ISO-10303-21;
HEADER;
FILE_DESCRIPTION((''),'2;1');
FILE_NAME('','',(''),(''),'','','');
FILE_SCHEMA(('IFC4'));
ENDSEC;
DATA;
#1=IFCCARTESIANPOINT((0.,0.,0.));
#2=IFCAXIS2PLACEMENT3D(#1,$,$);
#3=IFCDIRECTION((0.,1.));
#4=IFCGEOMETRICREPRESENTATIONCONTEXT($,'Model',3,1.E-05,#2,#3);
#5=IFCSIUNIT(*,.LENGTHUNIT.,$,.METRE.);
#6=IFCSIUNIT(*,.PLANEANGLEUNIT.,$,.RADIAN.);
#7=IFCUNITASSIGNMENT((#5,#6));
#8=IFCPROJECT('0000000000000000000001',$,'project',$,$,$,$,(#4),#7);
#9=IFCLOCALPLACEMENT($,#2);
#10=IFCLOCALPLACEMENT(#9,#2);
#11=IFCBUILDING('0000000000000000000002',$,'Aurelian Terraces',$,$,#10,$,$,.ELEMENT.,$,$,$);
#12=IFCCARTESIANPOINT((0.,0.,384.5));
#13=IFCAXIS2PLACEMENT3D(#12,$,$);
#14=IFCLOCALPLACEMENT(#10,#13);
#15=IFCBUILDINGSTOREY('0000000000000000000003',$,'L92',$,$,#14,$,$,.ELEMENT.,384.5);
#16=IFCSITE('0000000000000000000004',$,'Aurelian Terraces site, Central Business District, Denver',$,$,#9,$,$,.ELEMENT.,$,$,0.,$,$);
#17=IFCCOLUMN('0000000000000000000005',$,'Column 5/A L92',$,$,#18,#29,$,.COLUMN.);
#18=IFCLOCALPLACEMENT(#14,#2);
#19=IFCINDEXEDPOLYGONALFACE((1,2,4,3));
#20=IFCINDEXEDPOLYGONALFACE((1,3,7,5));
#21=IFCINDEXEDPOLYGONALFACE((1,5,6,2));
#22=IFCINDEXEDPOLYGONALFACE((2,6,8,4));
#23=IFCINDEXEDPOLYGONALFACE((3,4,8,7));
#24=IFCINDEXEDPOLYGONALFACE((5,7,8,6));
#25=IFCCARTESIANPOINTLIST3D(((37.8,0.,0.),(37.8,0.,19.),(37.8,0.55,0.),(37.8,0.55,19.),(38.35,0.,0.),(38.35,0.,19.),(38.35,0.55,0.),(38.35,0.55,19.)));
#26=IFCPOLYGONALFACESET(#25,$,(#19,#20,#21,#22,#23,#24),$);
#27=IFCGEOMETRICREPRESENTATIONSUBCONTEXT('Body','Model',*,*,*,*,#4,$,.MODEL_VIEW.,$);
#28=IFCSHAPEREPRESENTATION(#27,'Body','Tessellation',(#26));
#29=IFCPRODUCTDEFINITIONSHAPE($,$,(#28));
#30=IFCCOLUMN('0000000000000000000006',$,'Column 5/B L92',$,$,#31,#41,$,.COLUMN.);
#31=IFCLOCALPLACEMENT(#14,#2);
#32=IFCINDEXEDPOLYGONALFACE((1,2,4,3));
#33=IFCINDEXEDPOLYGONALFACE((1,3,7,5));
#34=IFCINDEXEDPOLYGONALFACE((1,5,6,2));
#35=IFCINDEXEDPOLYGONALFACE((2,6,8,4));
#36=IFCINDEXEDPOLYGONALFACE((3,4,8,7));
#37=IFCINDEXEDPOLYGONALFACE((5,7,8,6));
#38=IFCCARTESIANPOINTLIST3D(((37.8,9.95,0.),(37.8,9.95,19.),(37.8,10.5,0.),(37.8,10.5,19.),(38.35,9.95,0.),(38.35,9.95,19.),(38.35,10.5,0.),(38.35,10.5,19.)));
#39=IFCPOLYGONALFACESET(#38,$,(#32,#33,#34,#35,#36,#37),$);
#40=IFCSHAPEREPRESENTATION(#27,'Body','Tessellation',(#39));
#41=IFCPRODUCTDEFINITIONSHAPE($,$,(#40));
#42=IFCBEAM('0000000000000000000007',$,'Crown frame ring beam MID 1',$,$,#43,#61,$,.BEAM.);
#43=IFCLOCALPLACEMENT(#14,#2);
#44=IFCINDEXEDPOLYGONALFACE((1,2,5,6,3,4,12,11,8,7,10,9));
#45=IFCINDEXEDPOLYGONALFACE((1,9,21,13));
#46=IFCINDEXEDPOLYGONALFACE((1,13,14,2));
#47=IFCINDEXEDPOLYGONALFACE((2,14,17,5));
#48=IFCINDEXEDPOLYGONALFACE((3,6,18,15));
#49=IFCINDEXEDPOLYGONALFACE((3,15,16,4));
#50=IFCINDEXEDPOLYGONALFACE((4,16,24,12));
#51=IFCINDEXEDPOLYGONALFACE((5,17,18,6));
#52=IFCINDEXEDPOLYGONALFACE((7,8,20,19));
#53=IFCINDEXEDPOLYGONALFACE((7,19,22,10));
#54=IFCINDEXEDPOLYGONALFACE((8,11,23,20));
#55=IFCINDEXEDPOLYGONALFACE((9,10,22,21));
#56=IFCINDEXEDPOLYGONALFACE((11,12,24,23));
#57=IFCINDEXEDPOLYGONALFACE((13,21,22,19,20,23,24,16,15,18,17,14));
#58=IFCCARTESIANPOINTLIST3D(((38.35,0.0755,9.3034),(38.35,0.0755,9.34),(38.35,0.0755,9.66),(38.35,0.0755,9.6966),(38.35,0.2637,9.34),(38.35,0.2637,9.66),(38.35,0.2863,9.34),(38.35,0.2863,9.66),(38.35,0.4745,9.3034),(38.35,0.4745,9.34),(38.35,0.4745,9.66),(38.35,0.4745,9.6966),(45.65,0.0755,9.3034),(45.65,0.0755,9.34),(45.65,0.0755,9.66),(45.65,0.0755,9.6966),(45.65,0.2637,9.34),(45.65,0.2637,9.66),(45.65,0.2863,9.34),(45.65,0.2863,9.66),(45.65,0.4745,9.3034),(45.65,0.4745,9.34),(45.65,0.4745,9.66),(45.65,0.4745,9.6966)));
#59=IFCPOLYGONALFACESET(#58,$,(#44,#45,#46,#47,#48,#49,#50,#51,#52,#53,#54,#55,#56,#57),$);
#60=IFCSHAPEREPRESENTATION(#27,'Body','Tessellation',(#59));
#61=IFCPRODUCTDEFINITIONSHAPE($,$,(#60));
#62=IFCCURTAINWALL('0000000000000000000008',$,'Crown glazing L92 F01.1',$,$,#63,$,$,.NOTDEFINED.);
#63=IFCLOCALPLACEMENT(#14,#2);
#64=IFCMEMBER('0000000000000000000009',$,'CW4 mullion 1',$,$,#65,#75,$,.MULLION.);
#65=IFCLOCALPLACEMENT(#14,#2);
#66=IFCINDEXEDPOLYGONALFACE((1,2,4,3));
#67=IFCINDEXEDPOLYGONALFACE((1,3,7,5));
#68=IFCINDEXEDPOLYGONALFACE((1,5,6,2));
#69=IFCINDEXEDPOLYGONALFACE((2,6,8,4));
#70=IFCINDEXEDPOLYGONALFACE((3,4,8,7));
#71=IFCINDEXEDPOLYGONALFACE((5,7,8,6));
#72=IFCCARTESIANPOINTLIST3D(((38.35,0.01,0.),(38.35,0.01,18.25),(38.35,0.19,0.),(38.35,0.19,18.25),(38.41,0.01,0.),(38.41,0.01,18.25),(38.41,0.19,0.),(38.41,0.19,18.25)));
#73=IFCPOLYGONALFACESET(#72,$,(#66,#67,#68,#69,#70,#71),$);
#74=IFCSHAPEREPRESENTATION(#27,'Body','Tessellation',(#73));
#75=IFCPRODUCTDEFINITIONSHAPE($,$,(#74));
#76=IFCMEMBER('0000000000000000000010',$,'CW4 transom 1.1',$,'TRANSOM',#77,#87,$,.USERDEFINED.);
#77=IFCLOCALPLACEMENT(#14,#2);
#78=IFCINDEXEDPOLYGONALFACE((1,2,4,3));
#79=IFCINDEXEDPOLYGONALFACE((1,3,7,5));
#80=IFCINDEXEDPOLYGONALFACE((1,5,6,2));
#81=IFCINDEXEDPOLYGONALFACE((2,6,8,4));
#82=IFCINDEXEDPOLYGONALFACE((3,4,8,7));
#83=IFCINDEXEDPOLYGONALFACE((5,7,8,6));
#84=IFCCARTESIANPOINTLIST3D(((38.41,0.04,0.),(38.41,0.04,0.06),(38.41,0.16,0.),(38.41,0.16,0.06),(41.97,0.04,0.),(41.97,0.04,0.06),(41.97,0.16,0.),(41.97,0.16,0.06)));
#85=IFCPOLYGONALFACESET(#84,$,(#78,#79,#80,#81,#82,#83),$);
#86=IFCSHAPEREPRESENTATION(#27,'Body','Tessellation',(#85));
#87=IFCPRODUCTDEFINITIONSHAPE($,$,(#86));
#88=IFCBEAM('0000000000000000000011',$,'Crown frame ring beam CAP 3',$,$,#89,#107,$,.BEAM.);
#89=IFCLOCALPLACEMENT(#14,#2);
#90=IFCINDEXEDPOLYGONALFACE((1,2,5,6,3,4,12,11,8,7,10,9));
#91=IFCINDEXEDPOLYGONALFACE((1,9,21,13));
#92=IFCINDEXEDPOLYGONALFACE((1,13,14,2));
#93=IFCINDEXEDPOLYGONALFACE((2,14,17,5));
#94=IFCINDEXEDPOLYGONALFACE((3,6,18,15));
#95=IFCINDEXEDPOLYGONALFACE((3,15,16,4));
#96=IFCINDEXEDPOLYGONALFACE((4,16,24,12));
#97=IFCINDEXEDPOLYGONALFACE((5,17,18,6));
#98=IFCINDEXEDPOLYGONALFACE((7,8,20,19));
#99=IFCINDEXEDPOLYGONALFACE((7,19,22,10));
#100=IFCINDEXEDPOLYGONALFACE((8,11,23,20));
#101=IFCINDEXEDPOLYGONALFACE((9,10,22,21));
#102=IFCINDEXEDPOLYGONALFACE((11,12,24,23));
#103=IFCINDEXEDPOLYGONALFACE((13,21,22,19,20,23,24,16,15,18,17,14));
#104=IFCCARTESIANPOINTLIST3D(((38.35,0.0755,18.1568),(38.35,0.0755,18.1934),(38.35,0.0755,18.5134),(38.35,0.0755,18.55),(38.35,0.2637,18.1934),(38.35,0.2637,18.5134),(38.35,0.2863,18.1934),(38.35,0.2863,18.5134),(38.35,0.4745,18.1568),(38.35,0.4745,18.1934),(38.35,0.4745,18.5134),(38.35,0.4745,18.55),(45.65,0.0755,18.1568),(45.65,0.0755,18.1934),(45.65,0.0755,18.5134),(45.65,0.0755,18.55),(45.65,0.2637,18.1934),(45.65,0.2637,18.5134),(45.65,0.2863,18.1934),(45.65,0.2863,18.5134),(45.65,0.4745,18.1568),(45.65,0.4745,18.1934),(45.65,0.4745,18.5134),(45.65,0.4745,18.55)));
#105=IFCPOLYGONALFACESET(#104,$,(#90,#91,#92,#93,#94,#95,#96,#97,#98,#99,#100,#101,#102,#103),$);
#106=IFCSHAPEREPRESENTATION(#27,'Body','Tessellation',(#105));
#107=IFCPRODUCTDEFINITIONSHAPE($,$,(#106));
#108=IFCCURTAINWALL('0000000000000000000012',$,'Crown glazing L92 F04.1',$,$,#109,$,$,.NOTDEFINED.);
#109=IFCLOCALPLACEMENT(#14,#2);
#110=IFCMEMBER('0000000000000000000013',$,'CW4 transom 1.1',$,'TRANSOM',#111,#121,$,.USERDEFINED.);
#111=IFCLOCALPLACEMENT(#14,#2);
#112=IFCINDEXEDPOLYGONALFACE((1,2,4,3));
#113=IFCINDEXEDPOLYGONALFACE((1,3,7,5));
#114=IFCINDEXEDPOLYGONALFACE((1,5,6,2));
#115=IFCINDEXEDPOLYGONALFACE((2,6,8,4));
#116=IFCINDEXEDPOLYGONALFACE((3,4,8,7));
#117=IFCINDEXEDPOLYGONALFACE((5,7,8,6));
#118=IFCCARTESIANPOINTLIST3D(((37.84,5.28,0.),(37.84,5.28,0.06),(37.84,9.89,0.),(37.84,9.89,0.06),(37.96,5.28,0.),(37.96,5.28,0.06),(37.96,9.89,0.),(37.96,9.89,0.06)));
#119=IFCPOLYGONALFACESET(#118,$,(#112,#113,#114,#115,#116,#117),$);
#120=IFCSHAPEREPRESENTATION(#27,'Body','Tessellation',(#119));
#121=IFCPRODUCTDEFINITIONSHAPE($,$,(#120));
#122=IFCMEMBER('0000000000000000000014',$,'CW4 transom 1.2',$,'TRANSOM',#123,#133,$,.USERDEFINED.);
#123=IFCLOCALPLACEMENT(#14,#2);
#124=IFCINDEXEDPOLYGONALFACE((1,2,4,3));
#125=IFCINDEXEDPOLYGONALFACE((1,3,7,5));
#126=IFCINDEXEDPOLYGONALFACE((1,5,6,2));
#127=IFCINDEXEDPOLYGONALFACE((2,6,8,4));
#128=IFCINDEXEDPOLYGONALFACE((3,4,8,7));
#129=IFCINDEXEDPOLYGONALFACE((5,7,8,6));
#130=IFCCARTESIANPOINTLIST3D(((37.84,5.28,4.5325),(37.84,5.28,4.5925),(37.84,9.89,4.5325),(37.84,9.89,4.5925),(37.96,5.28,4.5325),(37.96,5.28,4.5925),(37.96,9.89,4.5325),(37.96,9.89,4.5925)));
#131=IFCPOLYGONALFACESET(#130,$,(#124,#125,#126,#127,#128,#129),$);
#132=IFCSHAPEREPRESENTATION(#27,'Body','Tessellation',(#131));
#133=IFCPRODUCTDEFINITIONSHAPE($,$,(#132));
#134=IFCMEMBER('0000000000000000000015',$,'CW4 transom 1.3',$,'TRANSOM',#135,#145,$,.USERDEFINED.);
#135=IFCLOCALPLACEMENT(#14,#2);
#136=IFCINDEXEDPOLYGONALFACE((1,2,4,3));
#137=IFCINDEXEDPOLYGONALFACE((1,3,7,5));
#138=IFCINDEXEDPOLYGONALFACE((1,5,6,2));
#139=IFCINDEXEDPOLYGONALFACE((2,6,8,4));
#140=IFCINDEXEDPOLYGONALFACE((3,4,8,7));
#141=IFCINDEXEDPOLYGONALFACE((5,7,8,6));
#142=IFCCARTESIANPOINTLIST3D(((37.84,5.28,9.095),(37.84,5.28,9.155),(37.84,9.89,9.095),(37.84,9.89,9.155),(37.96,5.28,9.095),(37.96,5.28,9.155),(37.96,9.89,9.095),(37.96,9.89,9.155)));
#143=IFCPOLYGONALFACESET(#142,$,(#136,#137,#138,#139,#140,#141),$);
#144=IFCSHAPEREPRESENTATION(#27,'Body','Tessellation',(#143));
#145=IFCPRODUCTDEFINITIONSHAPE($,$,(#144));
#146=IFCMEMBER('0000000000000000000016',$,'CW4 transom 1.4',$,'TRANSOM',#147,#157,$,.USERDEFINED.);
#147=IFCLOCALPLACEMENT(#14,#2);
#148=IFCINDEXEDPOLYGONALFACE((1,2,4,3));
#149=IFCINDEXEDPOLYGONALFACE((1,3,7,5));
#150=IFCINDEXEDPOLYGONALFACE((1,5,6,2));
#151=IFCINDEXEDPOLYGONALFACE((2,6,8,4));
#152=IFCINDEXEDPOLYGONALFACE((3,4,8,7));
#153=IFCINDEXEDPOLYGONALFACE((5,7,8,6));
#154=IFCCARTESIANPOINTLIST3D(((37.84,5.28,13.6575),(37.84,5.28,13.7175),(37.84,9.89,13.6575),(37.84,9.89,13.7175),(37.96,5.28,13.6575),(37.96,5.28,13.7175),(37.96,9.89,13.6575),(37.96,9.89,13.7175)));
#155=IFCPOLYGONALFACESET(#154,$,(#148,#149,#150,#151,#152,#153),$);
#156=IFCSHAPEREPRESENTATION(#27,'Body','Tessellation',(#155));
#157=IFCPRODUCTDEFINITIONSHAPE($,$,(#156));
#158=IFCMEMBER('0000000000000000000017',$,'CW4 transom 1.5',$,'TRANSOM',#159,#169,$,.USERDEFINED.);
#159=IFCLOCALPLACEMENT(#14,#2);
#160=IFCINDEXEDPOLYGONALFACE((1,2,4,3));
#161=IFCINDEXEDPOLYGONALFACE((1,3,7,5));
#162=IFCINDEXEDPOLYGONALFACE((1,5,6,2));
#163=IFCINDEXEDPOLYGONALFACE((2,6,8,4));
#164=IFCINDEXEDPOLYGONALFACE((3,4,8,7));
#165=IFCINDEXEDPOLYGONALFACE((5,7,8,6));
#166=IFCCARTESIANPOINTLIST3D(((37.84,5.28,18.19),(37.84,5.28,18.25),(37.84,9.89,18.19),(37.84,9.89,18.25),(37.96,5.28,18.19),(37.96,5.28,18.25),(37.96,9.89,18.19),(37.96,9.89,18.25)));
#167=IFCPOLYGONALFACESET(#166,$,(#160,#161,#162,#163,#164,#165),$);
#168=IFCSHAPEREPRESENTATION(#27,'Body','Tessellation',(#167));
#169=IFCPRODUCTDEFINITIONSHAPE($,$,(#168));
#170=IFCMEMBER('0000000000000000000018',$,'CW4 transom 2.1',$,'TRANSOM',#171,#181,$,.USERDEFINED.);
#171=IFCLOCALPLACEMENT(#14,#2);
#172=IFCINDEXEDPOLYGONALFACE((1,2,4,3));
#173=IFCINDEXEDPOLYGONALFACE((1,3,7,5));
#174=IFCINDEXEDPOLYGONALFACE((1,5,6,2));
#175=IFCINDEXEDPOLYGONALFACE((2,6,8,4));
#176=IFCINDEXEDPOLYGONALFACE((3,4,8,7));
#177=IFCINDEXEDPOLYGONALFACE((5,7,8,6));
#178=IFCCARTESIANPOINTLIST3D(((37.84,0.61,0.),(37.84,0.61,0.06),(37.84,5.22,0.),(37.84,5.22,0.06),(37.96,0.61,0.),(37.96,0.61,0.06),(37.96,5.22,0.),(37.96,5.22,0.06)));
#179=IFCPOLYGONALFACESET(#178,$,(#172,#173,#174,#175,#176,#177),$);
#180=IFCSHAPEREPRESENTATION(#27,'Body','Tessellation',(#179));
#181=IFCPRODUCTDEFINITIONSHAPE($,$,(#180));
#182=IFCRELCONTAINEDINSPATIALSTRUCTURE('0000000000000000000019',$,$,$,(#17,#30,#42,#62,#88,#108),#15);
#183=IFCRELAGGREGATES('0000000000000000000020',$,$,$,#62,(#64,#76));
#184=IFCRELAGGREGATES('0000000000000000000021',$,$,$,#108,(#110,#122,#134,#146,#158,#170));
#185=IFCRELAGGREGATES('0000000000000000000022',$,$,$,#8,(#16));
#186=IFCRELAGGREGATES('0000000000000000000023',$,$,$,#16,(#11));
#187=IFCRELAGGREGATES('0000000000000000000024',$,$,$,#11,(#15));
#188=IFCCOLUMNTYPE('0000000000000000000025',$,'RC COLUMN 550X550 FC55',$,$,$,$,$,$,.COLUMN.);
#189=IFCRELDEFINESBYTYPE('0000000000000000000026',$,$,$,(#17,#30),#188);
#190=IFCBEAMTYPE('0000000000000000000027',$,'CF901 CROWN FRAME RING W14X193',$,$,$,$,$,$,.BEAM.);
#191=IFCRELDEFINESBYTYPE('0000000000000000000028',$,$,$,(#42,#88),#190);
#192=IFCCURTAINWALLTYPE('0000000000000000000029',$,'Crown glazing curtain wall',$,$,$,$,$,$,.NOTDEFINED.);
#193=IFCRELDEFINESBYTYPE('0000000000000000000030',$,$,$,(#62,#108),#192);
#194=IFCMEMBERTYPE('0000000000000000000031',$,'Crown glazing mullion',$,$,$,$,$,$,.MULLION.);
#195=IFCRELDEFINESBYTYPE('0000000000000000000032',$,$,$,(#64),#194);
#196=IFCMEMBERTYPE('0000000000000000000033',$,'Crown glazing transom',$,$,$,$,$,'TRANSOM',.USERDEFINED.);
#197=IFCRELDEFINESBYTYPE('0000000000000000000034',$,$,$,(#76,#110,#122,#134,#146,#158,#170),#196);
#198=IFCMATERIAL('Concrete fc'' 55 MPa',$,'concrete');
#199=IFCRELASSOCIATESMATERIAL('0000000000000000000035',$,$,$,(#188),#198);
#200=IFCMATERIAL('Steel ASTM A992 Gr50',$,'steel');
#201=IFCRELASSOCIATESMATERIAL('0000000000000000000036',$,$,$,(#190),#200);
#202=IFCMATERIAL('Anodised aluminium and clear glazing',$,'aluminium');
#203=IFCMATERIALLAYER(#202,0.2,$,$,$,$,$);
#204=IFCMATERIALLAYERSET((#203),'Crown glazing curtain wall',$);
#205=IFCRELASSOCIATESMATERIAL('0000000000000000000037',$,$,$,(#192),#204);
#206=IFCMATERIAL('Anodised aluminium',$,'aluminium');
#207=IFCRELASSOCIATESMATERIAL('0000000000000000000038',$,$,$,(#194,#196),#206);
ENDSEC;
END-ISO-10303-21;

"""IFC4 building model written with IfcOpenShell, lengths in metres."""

from ifc_helpers import new_model, si_unit, direction, frame, origin, origin_2d, place, context, subcontext, project, spatial, rectangle, i_section, extrude, source, transform, mapped, material, layer, layer_set, material_profile, profile_set, type_object, element, aggregate, save


model = new_model("IFC4")

# Units and contexts
model_context = context("Model", 3, precision=1e-05, world=origin(), true_north=direction((0.0, 1.0)))
body_context = subcontext(model_context, "Body", "Model", "MODEL_VIEW")
ifc_project = project(units=[si_unit("LENGTHUNIT", "METRE"), si_unit("PLANEANGLEUNIT", "RADIAN")], contexts=[model_context])

# Site, building, storey
site_placement = place(None, origin())
site = spatial("IfcSite", under=ifc_project, at=site_placement, Name="Aurelian Terraces site, Central Business District, Denver", CompositionType="ELEMENT", RefElevation=0.0)
building_placement = place(site_placement, origin())
building = spatial("IfcBuilding", under=site, at=building_placement, Name="Aurelian Terraces", CompositionType="ELEMENT")
storey_placement = place(building_placement, frame((0.0, 0.0, 384.5)))
storey = spatial("IfcBuildingStorey", under=building, at=storey_placement, Name="L92", CompositionType="ELEMENT", Elevation=384.5)

# Columns
ifc_material_1 = material(Name="Concrete fc' 55 MPa", Category="concrete")
ifc_material_profile_1 = material_profile(ifc_material_1, rectangle(XDim=0.55, YDim=0.55, at=origin_2d()))
ifc_profile_set_1 = profile_set([ifc_material_profile_1], Name="Concrete fc' 55 MPa")
column_type = type_object("IfcColumnType", Name="RC COLUMN 550X550 FC55", PredefinedType="COLUMN", material=ifc_profile_set_1)
column_1_placement = place(storey_placement, frame((38.075, 0.275, 0.0), z_axis=(0.0, 0.0, 1.0), x_axis=(1.0, 0.0, 0.0)))
element("IfcColumn", 1, at=column_1_placement, inside=storey, type_object=column_type, Name="Column 5/A L92", PredefinedType="COLUMN", context=body_context, shape_type="SweptSolid", body=[
    extrude(rectangle(XDim=0.55, YDim=0.55, at=origin_2d()), origin(), (0.0, 0.0, 1.0), 19.0),
])
shared_shape_1 = source(origin(), body_context, "Body", "SweptSolid", [
    extrude(rectangle(XDim=0.55, YDim=0.55, at=origin_2d()), origin(), (0.0, 0.0, 1.0), 19.0),
])
column_2_placement = place(storey_placement, frame((38.075, 10.225, 0.0), z_axis=(0.0, 0.0, 1.0), x_axis=(1.0, 0.0, 0.0)))
element("IfcColumn", 2, at=column_2_placement, inside=storey, type_object=column_type, Name="Column 5/B L92", PredefinedType="COLUMN", context=body_context, shape_type="MappedRepresentation", body=[
    mapped(shared_shape_1, transform((0.0, 0.0, 0.0), scale=1.0)),
])

# Beam
ifc_material_2 = material(Name="Steel ASTM A992 Gr50", Category="steel")
ifc_material_profile_2 = material_profile(ifc_material_2, i_section(OverallWidth=0.399, OverallDepth=0.3932, WebThickness=0.0226, FlangeThickness=0.0366, at=origin_2d()))
ifc_profile_set_2 = profile_set([ifc_material_profile_2], Name="Steel ASTM A992 Gr50")
beam_type = type_object("IfcBeamType", Name="CF901 CROWN FRAME RING W14X193", PredefinedType="BEAM", material=ifc_profile_set_2)
beam_1_placement = place(storey_placement, frame((38.35, 0.275, 9.5), z_axis=(1.0, 0.0, 0.0), x_axis=(0.0, 1.0, 0.0)))
element("IfcBeam", 3, at=beam_1_placement, inside=storey, type_object=beam_type, Name="Crown frame ring beam MID 1", PredefinedType="BEAM", context=body_context, shape_type="SweptSolid", body=[
    extrude(i_section(OverallWidth=0.399, OverallDepth=0.3932, WebThickness=0.0226, FlangeThickness=0.0366, at=origin_2d()), origin(), (0.0, 0.0, 1.0), 7.3),
])

# Curtain wall, members
ifc_material_3 = material(Name="Anodised aluminium and clear glazing", Category="aluminium")
ifc_layer_1 = layer(ifc_material_3, 0.2)
ifc_layer_set_1 = layer_set([ifc_layer_1], Name="Crown glazing curtain wall")
curtain_wall_type = type_object("IfcCurtainWallType", Name="Crown glazing curtain wall", PredefinedType="NOTDEFINED", material=ifc_layer_set_1)
curtain_wall_1_placement = place(storey_placement, origin())
curtain_wall_1 = element("IfcCurtainWall", 4, at=curtain_wall_1_placement, inside=storey, type_object=curtain_wall_type, Name="Crown glazing L92 F01.1", PredefinedType="NOTDEFINED")
ifc_material_4 = material(Name="Anodised aluminium", Category="aluminium")
ifc_material_profile_3 = material_profile(ifc_material_4, rectangle(XDim=0.18, YDim=0.06, at=origin_2d()))
ifc_profile_set_3 = profile_set([ifc_material_profile_3], Name="Anodised aluminium")
member_type_1 = type_object("IfcMemberType", Name="Crown glazing mullion", PredefinedType="MULLION", material=ifc_profile_set_3)
member_1_placement = place(storey_placement, frame((38.38, 0.1, 0.0), z_axis=(0.0, 0.0, 1.0), x_axis=(0.0, 1.0, 0.0)))
member_1 = element("IfcMember", 5, at=member_1_placement, type_object=member_type_1, Name="CW4 mullion 1", PredefinedType="MULLION", context=body_context, shape_type="SweptSolid", body=[
    extrude(rectangle(XDim=0.18, YDim=0.06, at=origin_2d()), origin(), (0.0, 0.0, 1.0), 18.25),
])
ifc_material_profile_4 = material_profile(ifc_material_4, rectangle(XDim=0.12, YDim=0.06, at=origin_2d()))
ifc_profile_set_4 = profile_set([ifc_material_profile_4], Name="Anodised aluminium")
member_type_2 = type_object("IfcMemberType", Name="Crown glazing transom", ElementType="TRANSOM", PredefinedType="USERDEFINED", material=ifc_profile_set_4)
member_2_placement = place(storey_placement, frame((38.41, 0.1, 0.03), z_axis=(1.0, 0.0, 0.0), x_axis=(0.0, 1.0, 0.0)))
member_2 = element("IfcMember", 6, at=member_2_placement, type_object=member_type_2, Name="CW4 transom 1.1", ObjectType="TRANSOM", PredefinedType="USERDEFINED", context=body_context, shape_type="SweptSolid", body=[
    extrude(rectangle(XDim=0.12, YDim=0.06, at=origin_2d()), origin(), (0.0, 0.0, 1.0), 3.56),
])
aggregate(curtain_wall_1, [member_1, member_2])

# Beam
shared_shape_2 = source(origin(), body_context, "Body", "SweptSolid", [
    extrude(i_section(OverallWidth=0.399, OverallDepth=0.3932, WebThickness=0.0226, FlangeThickness=0.0366, at=origin_2d()), origin(), (0.0, 0.0, 1.0), 7.3),
])
beam_2_placement = place(storey_placement, frame((38.35, 0.275, 18.3534), z_axis=(1.0, 0.0, 0.0), x_axis=(0.0, 1.0, 0.0)))
element("IfcBeam", 7, at=beam_2_placement, inside=storey, type_object=beam_type, Name="Crown frame ring beam CAP 3", PredefinedType="BEAM", context=body_context, shape_type="MappedRepresentation", body=[
    mapped(shared_shape_2, transform((0.0, 0.0, 0.0), scale=1.0)),
])

# Curtain wall, members
curtain_wall_2_placement = place(storey_placement, origin())
curtain_wall_2 = element("IfcCurtainWall", 8, at=curtain_wall_2_placement, inside=storey, type_object=curtain_wall_type, Name="Crown glazing L92 F04.1", PredefinedType="NOTDEFINED")
shared_shape_3 = source(origin(), body_context, "Body", "SweptSolid", [
    extrude(rectangle(XDim=0.12, YDim=0.06, at=origin_2d()), origin(), (0.0, 0.0, 1.0), 4.61),
])
member_3_placement = place(storey_placement, frame((37.9, 9.89, 0.03), z_axis=(0.0, -1.0, 0.0), x_axis=(1.0, 0.0, 0.0)))
member_3 = element("IfcMember", 9, at=member_3_placement, type_object=member_type_2, Name="CW4 transom 1.1", ObjectType="TRANSOM", PredefinedType="USERDEFINED", context=body_context, shape_type="MappedRepresentation", body=[
    mapped(shared_shape_3, transform((0.0, 0.0, 0.0), scale=1.0)),
])
member_4_placement = place(storey_placement, frame((37.9, 9.89, 4.5625), z_axis=(0.0, -1.0, 0.0), x_axis=(1.0, 0.0, 0.0)))
member_4 = element("IfcMember", 10, at=member_4_placement, type_object=member_type_2, Name="CW4 transom 1.2", ObjectType="TRANSOM", PredefinedType="USERDEFINED", context=body_context, shape_type="MappedRepresentation", body=[
    mapped(shared_shape_3, transform((0.0, 0.0, 0.0), scale=1.0)),
])
member_5_placement = place(storey_placement, frame((37.9, 9.89, 9.125), z_axis=(0.0, -1.0, 0.0), x_axis=(1.0, 0.0, 0.0)))
member_5 = element("IfcMember", 11, at=member_5_placement, type_object=member_type_2, Name="CW4 transom 1.3", ObjectType="TRANSOM", PredefinedType="USERDEFINED", context=body_context, shape_type="MappedRepresentation", body=[
    mapped(shared_shape_3, transform((0.0, 0.0, 0.0), scale=1.0)),
])
member_6_placement = place(storey_placement, frame((37.9, 9.89, 13.6875), z_axis=(0.0, -1.0, 0.0), x_axis=(1.0, 0.0, 0.0)))
member_6 = element("IfcMember", 12, at=member_6_placement, type_object=member_type_2, Name="CW4 transom 1.4", ObjectType="TRANSOM", PredefinedType="USERDEFINED", context=body_context, shape_type="MappedRepresentation", body=[
    mapped(shared_shape_3, transform((0.0, 0.0, 0.0), scale=1.0)),
])
member_7_placement = place(storey_placement, frame((37.9, 9.89, 18.22), z_axis=(0.0, -1.0, 0.0), x_axis=(1.0, 0.0, 0.0)))
member_7 = element("IfcMember", 13, at=member_7_placement, type_object=member_type_2, Name="CW4 transom 1.5", ObjectType="TRANSOM", PredefinedType="USERDEFINED", context=body_context, shape_type="MappedRepresentation", body=[
    mapped(shared_shape_3, transform((0.0, 0.0, 0.0), scale=1.0)),
])
member_8_placement = place(storey_placement, frame((37.9, 5.22, 0.03), z_axis=(0.0, -1.0, 0.0), x_axis=(1.0, 0.0, 0.0)))
member_8 = element("IfcMember", 14, at=member_8_placement, type_object=member_type_2, Name="CW4 transom 2.1", ObjectType="TRANSOM", PredefinedType="USERDEFINED", context=body_context, shape_type="MappedRepresentation", body=[
    mapped(shared_shape_3, transform((0.0, 0.0, 0.0), scale=1.0)),
])
aggregate(curtain_wall_2, [member_3, member_4, member_5, member_6, member_7, member_8])

save(model, "model.ifc")
